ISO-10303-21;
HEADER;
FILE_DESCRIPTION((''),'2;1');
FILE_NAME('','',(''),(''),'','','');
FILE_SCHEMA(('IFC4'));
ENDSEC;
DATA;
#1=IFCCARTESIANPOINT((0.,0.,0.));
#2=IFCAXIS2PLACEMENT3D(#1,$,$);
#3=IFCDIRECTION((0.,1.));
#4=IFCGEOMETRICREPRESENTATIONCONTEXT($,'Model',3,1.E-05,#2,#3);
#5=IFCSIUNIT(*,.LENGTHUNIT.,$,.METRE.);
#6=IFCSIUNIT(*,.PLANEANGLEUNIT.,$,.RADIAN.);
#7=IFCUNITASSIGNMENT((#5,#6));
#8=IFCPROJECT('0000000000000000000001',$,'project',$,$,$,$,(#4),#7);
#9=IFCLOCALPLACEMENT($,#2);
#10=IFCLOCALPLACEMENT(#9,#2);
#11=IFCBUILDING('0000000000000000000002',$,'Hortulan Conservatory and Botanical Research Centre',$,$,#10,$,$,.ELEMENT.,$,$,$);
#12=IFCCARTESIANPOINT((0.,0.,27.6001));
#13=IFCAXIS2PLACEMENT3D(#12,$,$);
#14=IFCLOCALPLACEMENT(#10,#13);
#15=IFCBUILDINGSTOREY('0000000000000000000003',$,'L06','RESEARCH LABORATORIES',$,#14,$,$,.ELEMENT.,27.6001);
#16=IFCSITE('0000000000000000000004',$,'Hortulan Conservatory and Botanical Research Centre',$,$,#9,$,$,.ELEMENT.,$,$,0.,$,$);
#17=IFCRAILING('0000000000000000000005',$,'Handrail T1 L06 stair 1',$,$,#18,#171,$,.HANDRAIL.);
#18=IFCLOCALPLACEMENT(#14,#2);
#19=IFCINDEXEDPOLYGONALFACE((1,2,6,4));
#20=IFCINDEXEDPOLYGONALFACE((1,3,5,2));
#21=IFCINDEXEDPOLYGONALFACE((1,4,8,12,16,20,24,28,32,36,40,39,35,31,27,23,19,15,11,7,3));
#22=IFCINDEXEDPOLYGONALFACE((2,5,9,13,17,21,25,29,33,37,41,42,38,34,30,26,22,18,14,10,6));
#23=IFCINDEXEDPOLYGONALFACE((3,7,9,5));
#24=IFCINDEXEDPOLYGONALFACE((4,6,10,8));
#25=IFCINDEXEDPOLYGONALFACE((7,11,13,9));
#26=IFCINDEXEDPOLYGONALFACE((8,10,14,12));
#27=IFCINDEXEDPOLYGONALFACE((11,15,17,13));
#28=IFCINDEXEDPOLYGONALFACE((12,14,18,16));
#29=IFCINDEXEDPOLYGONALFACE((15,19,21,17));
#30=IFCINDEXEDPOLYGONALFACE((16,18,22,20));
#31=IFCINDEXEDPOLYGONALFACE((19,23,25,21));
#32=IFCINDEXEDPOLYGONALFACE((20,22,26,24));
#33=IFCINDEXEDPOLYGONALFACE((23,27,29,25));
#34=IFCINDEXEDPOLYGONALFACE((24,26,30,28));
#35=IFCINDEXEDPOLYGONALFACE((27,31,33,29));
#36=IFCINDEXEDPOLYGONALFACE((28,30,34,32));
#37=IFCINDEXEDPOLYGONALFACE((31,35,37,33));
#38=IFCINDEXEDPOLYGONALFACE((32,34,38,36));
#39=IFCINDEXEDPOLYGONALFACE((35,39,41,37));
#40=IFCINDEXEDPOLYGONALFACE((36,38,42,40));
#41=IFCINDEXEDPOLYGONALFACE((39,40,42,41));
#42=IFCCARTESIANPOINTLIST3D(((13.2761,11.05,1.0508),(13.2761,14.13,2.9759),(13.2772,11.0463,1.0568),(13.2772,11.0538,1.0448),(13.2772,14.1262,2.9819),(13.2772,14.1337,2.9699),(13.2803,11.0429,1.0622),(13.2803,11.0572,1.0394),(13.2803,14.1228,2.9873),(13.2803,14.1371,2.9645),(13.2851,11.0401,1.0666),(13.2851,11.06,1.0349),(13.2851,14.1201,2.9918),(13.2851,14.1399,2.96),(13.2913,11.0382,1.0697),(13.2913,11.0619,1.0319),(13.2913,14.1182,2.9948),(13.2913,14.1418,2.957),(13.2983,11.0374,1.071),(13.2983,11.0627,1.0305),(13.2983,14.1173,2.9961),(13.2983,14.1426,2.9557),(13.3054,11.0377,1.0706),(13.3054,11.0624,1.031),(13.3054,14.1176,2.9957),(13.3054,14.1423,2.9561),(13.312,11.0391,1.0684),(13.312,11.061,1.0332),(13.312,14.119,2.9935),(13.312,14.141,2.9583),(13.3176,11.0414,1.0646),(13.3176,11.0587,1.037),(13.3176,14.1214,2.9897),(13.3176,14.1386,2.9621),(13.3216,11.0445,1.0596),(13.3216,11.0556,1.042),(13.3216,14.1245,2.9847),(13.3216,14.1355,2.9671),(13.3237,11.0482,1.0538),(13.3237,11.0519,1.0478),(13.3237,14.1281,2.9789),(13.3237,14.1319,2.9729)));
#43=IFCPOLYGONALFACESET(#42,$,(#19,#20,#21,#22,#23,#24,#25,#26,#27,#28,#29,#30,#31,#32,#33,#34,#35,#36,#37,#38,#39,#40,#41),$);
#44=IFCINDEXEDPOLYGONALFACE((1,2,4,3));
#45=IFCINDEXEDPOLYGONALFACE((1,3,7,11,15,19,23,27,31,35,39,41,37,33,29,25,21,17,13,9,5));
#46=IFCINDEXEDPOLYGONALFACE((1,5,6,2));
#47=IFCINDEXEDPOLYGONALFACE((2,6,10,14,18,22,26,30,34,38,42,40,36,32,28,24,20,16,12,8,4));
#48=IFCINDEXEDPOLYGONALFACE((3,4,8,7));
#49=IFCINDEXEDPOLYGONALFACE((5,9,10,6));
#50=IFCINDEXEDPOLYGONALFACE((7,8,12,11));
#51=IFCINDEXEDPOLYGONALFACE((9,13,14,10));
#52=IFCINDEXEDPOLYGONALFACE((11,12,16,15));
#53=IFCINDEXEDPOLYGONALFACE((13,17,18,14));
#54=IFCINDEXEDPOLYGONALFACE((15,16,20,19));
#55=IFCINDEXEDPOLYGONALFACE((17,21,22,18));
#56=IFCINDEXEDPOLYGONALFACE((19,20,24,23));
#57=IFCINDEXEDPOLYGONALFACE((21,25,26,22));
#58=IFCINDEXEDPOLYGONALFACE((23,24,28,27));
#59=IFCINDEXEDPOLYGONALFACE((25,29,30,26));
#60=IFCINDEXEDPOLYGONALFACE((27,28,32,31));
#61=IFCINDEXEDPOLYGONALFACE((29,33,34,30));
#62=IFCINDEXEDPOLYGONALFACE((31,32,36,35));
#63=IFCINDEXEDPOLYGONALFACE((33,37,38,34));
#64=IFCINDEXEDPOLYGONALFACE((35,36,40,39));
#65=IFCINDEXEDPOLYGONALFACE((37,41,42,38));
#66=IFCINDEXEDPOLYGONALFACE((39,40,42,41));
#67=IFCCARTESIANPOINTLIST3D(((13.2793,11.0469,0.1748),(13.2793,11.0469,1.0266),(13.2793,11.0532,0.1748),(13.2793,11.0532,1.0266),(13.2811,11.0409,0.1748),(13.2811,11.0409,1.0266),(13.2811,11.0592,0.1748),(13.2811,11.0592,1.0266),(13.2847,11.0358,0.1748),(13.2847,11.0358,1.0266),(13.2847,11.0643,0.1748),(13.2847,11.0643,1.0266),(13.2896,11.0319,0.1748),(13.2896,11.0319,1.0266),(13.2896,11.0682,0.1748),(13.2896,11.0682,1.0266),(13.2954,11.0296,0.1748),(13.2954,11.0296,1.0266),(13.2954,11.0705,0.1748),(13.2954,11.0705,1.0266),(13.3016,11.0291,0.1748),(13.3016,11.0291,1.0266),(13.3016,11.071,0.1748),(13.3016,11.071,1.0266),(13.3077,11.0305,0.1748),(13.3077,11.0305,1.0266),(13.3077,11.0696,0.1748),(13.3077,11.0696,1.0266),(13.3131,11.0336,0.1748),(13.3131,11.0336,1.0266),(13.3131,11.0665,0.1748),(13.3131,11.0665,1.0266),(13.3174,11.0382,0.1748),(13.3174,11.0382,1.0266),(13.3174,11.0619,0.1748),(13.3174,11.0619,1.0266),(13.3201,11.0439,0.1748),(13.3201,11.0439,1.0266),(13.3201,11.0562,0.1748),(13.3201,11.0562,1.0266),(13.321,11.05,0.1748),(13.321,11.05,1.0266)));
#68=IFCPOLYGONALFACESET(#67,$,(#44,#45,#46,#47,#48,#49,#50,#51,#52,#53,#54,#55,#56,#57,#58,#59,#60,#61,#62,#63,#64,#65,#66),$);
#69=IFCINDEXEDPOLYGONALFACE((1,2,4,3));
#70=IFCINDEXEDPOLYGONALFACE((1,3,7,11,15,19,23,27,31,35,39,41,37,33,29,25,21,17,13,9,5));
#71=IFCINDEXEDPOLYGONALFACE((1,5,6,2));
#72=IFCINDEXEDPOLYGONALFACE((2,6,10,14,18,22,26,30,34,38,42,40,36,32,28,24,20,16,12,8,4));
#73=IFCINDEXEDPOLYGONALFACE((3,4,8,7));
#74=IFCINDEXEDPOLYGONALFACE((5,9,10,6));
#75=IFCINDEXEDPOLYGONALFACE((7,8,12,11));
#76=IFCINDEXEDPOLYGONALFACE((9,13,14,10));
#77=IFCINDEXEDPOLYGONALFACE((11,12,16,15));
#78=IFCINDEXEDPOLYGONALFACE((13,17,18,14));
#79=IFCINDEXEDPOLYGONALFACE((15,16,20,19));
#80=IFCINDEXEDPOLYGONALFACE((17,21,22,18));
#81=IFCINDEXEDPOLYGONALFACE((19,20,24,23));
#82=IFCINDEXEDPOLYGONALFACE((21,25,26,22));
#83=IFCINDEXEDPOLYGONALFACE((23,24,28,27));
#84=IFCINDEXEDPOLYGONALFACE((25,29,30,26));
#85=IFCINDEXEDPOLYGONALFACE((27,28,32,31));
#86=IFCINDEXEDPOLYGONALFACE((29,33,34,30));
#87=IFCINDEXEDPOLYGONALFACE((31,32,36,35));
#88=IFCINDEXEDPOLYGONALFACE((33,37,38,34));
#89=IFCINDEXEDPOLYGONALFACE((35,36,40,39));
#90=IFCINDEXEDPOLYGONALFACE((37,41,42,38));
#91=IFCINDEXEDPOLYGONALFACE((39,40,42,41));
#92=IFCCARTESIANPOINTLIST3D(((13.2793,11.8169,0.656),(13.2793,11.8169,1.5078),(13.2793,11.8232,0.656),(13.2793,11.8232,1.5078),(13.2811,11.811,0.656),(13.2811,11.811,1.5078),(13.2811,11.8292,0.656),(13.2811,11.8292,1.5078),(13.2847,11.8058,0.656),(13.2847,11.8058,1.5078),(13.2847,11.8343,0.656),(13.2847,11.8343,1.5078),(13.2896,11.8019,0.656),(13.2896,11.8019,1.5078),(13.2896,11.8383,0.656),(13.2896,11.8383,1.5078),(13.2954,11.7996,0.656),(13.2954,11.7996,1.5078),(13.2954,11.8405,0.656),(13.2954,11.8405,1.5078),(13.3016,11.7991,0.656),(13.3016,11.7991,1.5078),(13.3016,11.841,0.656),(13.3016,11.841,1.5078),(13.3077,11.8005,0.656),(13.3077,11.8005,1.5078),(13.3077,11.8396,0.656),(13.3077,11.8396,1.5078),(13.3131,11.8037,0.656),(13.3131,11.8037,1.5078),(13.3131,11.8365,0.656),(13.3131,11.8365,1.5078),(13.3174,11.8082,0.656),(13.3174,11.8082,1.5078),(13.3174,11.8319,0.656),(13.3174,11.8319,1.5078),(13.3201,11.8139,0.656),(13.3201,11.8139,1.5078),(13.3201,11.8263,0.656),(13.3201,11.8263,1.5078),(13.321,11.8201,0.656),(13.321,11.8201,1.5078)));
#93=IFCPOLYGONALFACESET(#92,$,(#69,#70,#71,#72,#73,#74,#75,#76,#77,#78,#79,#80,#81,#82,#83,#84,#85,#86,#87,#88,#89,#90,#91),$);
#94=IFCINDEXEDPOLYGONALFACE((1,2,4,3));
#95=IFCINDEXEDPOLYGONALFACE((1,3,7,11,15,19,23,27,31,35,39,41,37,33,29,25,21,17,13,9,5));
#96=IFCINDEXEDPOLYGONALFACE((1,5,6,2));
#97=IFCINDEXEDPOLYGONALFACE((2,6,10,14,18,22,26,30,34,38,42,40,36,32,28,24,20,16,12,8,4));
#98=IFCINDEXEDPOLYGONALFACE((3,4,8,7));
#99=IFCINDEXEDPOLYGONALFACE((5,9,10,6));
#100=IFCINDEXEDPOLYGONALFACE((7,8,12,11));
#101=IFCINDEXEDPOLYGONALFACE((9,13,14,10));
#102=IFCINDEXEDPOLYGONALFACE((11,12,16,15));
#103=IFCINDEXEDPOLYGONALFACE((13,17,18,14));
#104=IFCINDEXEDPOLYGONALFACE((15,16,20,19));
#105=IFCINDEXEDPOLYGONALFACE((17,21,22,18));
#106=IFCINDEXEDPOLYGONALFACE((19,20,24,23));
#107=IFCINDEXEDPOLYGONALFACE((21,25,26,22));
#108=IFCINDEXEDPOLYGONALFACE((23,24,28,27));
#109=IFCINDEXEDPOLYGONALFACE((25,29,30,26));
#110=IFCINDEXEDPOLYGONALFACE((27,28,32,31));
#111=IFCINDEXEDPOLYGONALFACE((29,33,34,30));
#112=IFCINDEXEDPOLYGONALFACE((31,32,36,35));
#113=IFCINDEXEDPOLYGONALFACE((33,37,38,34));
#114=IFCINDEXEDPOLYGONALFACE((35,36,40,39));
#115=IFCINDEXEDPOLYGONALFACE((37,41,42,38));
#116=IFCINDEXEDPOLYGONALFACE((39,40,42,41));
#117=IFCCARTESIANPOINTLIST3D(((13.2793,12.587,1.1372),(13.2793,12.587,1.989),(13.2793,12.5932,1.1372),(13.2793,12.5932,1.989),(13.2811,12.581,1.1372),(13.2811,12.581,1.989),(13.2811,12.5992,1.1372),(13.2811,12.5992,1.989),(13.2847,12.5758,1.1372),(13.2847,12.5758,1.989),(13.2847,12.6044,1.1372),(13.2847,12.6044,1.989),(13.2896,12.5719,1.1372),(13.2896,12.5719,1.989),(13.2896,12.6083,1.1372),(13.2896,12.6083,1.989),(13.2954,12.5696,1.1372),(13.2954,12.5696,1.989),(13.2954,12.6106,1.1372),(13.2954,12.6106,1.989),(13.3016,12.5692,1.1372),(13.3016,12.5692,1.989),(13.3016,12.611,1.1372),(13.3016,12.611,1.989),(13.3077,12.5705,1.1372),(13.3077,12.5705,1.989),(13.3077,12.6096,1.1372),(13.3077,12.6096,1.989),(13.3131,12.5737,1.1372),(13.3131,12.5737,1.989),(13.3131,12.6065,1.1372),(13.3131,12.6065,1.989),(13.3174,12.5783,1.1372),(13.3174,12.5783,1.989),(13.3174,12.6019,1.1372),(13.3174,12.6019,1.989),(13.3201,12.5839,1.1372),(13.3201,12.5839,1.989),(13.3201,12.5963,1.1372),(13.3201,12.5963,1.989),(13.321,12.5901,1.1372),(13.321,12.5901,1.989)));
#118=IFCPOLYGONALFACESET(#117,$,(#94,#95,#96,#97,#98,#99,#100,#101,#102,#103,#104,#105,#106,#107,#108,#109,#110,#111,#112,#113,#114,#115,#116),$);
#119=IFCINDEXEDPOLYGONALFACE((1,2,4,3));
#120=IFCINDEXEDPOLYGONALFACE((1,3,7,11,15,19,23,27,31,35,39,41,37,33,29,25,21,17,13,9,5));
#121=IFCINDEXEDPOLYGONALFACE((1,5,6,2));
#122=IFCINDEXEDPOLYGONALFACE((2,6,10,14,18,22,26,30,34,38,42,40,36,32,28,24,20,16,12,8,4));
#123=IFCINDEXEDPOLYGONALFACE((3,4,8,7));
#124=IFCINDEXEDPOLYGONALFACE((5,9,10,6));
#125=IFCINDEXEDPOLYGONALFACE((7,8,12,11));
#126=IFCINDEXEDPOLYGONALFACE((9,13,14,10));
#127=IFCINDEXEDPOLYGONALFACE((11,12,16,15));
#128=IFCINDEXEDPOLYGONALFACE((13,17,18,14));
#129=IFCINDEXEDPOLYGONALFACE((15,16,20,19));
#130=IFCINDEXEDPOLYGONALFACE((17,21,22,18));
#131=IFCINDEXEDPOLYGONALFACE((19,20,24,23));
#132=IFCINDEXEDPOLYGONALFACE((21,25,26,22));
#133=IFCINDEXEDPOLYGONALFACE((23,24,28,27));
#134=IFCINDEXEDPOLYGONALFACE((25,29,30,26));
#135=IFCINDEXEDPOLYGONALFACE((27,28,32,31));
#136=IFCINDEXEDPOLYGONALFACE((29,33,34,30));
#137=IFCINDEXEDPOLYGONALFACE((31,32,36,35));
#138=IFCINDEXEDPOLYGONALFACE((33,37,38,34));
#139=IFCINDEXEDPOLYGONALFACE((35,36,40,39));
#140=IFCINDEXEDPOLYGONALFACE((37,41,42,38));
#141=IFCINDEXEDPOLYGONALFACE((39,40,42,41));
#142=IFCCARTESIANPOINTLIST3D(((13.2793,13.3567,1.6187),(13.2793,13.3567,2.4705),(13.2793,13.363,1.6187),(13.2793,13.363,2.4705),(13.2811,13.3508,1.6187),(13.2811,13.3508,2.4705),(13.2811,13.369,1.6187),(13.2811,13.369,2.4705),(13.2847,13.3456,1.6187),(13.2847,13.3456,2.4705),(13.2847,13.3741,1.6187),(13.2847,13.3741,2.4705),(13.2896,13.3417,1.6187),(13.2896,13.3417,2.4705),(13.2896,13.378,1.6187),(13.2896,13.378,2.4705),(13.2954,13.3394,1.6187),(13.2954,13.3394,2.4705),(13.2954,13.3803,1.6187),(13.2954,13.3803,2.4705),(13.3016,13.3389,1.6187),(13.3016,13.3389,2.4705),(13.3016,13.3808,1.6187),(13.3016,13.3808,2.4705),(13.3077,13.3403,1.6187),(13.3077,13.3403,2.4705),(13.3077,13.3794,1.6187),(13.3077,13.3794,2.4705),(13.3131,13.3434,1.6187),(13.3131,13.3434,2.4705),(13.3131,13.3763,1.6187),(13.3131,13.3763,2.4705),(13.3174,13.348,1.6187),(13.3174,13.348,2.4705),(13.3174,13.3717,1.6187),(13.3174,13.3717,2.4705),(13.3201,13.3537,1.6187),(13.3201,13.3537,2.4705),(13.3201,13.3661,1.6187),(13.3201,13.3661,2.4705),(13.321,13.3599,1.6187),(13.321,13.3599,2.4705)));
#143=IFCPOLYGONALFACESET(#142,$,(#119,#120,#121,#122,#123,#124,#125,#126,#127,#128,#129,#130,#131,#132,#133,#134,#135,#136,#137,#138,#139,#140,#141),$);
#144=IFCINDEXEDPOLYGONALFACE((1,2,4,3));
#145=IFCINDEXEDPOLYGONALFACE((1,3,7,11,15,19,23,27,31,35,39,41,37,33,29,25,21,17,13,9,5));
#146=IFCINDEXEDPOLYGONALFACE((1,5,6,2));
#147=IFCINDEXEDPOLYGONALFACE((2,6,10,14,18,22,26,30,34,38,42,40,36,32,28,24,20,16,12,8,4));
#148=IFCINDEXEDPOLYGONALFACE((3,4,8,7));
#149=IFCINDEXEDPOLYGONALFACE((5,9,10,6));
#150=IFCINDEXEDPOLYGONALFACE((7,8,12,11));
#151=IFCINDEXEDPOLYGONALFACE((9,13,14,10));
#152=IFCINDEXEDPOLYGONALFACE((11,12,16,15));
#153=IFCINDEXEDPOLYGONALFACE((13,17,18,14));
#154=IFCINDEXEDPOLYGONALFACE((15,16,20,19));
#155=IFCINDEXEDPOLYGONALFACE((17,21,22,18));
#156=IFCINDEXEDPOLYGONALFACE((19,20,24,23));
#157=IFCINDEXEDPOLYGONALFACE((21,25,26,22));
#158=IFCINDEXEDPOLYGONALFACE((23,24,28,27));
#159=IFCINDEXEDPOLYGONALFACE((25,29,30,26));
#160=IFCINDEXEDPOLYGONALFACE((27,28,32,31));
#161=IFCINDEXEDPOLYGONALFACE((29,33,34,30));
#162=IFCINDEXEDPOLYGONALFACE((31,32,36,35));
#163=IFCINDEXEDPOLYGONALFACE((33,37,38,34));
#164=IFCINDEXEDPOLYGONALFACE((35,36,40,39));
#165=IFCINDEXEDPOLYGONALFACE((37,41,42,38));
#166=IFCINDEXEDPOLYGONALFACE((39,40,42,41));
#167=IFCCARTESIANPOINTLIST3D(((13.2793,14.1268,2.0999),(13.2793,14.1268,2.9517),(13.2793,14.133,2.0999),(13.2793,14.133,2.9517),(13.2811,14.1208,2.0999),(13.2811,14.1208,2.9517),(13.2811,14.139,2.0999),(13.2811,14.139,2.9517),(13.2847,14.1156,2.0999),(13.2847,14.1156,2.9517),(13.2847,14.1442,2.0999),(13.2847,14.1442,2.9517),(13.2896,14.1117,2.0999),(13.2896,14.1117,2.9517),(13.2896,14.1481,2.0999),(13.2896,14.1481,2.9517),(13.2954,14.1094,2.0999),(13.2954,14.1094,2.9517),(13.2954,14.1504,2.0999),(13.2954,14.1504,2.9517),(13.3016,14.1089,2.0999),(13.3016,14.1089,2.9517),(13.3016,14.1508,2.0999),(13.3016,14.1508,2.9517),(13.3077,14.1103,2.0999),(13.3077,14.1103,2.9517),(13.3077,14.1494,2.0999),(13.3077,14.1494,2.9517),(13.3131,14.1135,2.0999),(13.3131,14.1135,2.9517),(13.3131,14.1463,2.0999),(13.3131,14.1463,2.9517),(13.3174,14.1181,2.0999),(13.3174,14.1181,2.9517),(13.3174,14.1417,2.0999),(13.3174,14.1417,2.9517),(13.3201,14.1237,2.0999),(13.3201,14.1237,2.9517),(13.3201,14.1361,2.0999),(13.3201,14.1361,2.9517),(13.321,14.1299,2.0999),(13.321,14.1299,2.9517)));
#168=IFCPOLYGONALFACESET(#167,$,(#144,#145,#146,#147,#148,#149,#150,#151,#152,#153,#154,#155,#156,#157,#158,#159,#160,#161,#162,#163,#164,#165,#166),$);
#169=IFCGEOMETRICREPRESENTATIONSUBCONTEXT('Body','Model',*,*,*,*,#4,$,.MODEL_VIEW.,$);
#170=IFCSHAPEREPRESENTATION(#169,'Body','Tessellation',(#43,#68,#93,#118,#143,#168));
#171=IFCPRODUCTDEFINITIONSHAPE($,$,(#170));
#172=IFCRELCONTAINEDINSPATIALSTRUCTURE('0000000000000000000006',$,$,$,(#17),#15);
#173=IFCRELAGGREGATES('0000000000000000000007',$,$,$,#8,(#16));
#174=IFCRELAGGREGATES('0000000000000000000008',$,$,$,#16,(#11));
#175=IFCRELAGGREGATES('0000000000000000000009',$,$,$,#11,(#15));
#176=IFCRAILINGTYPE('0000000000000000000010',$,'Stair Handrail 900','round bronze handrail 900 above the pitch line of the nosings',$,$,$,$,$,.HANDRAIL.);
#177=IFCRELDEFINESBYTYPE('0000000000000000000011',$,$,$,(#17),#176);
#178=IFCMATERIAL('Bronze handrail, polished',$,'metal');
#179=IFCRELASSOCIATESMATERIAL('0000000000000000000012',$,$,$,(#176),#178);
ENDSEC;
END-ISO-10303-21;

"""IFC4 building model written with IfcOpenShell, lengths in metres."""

from ifc_helpers import new_model, si_unit, direction, frame, origin, origin_2d, place, context, subcontext, project, spatial, circle, extrude, material, type_object, element, save


model = new_model("IFC4")

# Units and contexts
model_context = context("Model", 3, precision=1e-05, world=origin(), true_north=direction((0.0, 1.0)))
body_context = subcontext(model_context, "Body", "Model", "MODEL_VIEW")
ifc_project = project(units=[si_unit("LENGTHUNIT", "METRE"), si_unit("PLANEANGLEUNIT", "RADIAN")], contexts=[model_context])

# Site, building, storey
site_placement = place(None, origin())
site = spatial("IfcSite", under=ifc_project, at=site_placement, Name="Hortulan Conservatory and Botanical Research Centre", CompositionType="ELEMENT", RefElevation=0.0)
building_placement = place(site_placement, origin())
building = spatial("IfcBuilding", under=site, at=building_placement, Name="Hortulan Conservatory and Botanical Research Centre", CompositionType="ELEMENT")
storey_placement = place(building_placement, frame((0.0, 0.0, 27.6001)))
storey = spatial("IfcBuildingStorey", under=building, at=storey_placement, Name="L06", Description="RESEARCH LABORATORIES", CompositionType="ELEMENT", Elevation=27.6001)

# Railing
ifc_material_1 = material(Name="Bronze handrail, polished", Category="metal")
railing_type_1 = type_object("IfcRailingType", Name="Stair Handrail 900", Description="round bronze handrail 900 above the pitch line of the nosings", PredefinedType="HANDRAIL", material=ifc_material_1)
railing_1_placement = place(storey_placement, frame((13.3, 11.05, 0.1748)))
element("IfcRailing", 1, at=railing_1_placement, inside=storey, type_object=railing_type_1, Name="Handrail T1 L06 stair 1", PredefinedType="HANDRAIL", context=body_context, shape_type="SweptSolid", body=[
    extrude(circle(Radius=0.0239, at=origin_2d()), frame((0.0, 0.0, 0.876), z_axis=(0.0, 0.847979, 0.530029), x_axis=(-1.0, 0.0, 0.0)), (0.0, 0.0, 1.0), 3.6321),
    extrude(circle(Radius=0.021, at=origin_2d()), origin(), (0.0, 0.0, 1.0), 0.8518),
    extrude(circle(Radius=0.021, at=origin_2d()), frame((0.0, 0.77, 0.4812)), (0.0, 0.0, 1.0), 0.8518),
    extrude(circle(Radius=0.021, at=origin_2d()), frame((0.0, 1.54, 0.9624)), (0.0, 0.0, 1.0), 0.8518),
    extrude(circle(Radius=0.021, at=origin_2d()), frame((0.0, 2.3098, 1.4438)), (0.0, 0.0, 1.0), 0.8518),
    extrude(circle(Radius=0.021, at=origin_2d()), frame((0.0, 3.0798, 1.925)), (0.0, 0.0, 1.0), 0.8518),
])

save(model, "model.ifc")
